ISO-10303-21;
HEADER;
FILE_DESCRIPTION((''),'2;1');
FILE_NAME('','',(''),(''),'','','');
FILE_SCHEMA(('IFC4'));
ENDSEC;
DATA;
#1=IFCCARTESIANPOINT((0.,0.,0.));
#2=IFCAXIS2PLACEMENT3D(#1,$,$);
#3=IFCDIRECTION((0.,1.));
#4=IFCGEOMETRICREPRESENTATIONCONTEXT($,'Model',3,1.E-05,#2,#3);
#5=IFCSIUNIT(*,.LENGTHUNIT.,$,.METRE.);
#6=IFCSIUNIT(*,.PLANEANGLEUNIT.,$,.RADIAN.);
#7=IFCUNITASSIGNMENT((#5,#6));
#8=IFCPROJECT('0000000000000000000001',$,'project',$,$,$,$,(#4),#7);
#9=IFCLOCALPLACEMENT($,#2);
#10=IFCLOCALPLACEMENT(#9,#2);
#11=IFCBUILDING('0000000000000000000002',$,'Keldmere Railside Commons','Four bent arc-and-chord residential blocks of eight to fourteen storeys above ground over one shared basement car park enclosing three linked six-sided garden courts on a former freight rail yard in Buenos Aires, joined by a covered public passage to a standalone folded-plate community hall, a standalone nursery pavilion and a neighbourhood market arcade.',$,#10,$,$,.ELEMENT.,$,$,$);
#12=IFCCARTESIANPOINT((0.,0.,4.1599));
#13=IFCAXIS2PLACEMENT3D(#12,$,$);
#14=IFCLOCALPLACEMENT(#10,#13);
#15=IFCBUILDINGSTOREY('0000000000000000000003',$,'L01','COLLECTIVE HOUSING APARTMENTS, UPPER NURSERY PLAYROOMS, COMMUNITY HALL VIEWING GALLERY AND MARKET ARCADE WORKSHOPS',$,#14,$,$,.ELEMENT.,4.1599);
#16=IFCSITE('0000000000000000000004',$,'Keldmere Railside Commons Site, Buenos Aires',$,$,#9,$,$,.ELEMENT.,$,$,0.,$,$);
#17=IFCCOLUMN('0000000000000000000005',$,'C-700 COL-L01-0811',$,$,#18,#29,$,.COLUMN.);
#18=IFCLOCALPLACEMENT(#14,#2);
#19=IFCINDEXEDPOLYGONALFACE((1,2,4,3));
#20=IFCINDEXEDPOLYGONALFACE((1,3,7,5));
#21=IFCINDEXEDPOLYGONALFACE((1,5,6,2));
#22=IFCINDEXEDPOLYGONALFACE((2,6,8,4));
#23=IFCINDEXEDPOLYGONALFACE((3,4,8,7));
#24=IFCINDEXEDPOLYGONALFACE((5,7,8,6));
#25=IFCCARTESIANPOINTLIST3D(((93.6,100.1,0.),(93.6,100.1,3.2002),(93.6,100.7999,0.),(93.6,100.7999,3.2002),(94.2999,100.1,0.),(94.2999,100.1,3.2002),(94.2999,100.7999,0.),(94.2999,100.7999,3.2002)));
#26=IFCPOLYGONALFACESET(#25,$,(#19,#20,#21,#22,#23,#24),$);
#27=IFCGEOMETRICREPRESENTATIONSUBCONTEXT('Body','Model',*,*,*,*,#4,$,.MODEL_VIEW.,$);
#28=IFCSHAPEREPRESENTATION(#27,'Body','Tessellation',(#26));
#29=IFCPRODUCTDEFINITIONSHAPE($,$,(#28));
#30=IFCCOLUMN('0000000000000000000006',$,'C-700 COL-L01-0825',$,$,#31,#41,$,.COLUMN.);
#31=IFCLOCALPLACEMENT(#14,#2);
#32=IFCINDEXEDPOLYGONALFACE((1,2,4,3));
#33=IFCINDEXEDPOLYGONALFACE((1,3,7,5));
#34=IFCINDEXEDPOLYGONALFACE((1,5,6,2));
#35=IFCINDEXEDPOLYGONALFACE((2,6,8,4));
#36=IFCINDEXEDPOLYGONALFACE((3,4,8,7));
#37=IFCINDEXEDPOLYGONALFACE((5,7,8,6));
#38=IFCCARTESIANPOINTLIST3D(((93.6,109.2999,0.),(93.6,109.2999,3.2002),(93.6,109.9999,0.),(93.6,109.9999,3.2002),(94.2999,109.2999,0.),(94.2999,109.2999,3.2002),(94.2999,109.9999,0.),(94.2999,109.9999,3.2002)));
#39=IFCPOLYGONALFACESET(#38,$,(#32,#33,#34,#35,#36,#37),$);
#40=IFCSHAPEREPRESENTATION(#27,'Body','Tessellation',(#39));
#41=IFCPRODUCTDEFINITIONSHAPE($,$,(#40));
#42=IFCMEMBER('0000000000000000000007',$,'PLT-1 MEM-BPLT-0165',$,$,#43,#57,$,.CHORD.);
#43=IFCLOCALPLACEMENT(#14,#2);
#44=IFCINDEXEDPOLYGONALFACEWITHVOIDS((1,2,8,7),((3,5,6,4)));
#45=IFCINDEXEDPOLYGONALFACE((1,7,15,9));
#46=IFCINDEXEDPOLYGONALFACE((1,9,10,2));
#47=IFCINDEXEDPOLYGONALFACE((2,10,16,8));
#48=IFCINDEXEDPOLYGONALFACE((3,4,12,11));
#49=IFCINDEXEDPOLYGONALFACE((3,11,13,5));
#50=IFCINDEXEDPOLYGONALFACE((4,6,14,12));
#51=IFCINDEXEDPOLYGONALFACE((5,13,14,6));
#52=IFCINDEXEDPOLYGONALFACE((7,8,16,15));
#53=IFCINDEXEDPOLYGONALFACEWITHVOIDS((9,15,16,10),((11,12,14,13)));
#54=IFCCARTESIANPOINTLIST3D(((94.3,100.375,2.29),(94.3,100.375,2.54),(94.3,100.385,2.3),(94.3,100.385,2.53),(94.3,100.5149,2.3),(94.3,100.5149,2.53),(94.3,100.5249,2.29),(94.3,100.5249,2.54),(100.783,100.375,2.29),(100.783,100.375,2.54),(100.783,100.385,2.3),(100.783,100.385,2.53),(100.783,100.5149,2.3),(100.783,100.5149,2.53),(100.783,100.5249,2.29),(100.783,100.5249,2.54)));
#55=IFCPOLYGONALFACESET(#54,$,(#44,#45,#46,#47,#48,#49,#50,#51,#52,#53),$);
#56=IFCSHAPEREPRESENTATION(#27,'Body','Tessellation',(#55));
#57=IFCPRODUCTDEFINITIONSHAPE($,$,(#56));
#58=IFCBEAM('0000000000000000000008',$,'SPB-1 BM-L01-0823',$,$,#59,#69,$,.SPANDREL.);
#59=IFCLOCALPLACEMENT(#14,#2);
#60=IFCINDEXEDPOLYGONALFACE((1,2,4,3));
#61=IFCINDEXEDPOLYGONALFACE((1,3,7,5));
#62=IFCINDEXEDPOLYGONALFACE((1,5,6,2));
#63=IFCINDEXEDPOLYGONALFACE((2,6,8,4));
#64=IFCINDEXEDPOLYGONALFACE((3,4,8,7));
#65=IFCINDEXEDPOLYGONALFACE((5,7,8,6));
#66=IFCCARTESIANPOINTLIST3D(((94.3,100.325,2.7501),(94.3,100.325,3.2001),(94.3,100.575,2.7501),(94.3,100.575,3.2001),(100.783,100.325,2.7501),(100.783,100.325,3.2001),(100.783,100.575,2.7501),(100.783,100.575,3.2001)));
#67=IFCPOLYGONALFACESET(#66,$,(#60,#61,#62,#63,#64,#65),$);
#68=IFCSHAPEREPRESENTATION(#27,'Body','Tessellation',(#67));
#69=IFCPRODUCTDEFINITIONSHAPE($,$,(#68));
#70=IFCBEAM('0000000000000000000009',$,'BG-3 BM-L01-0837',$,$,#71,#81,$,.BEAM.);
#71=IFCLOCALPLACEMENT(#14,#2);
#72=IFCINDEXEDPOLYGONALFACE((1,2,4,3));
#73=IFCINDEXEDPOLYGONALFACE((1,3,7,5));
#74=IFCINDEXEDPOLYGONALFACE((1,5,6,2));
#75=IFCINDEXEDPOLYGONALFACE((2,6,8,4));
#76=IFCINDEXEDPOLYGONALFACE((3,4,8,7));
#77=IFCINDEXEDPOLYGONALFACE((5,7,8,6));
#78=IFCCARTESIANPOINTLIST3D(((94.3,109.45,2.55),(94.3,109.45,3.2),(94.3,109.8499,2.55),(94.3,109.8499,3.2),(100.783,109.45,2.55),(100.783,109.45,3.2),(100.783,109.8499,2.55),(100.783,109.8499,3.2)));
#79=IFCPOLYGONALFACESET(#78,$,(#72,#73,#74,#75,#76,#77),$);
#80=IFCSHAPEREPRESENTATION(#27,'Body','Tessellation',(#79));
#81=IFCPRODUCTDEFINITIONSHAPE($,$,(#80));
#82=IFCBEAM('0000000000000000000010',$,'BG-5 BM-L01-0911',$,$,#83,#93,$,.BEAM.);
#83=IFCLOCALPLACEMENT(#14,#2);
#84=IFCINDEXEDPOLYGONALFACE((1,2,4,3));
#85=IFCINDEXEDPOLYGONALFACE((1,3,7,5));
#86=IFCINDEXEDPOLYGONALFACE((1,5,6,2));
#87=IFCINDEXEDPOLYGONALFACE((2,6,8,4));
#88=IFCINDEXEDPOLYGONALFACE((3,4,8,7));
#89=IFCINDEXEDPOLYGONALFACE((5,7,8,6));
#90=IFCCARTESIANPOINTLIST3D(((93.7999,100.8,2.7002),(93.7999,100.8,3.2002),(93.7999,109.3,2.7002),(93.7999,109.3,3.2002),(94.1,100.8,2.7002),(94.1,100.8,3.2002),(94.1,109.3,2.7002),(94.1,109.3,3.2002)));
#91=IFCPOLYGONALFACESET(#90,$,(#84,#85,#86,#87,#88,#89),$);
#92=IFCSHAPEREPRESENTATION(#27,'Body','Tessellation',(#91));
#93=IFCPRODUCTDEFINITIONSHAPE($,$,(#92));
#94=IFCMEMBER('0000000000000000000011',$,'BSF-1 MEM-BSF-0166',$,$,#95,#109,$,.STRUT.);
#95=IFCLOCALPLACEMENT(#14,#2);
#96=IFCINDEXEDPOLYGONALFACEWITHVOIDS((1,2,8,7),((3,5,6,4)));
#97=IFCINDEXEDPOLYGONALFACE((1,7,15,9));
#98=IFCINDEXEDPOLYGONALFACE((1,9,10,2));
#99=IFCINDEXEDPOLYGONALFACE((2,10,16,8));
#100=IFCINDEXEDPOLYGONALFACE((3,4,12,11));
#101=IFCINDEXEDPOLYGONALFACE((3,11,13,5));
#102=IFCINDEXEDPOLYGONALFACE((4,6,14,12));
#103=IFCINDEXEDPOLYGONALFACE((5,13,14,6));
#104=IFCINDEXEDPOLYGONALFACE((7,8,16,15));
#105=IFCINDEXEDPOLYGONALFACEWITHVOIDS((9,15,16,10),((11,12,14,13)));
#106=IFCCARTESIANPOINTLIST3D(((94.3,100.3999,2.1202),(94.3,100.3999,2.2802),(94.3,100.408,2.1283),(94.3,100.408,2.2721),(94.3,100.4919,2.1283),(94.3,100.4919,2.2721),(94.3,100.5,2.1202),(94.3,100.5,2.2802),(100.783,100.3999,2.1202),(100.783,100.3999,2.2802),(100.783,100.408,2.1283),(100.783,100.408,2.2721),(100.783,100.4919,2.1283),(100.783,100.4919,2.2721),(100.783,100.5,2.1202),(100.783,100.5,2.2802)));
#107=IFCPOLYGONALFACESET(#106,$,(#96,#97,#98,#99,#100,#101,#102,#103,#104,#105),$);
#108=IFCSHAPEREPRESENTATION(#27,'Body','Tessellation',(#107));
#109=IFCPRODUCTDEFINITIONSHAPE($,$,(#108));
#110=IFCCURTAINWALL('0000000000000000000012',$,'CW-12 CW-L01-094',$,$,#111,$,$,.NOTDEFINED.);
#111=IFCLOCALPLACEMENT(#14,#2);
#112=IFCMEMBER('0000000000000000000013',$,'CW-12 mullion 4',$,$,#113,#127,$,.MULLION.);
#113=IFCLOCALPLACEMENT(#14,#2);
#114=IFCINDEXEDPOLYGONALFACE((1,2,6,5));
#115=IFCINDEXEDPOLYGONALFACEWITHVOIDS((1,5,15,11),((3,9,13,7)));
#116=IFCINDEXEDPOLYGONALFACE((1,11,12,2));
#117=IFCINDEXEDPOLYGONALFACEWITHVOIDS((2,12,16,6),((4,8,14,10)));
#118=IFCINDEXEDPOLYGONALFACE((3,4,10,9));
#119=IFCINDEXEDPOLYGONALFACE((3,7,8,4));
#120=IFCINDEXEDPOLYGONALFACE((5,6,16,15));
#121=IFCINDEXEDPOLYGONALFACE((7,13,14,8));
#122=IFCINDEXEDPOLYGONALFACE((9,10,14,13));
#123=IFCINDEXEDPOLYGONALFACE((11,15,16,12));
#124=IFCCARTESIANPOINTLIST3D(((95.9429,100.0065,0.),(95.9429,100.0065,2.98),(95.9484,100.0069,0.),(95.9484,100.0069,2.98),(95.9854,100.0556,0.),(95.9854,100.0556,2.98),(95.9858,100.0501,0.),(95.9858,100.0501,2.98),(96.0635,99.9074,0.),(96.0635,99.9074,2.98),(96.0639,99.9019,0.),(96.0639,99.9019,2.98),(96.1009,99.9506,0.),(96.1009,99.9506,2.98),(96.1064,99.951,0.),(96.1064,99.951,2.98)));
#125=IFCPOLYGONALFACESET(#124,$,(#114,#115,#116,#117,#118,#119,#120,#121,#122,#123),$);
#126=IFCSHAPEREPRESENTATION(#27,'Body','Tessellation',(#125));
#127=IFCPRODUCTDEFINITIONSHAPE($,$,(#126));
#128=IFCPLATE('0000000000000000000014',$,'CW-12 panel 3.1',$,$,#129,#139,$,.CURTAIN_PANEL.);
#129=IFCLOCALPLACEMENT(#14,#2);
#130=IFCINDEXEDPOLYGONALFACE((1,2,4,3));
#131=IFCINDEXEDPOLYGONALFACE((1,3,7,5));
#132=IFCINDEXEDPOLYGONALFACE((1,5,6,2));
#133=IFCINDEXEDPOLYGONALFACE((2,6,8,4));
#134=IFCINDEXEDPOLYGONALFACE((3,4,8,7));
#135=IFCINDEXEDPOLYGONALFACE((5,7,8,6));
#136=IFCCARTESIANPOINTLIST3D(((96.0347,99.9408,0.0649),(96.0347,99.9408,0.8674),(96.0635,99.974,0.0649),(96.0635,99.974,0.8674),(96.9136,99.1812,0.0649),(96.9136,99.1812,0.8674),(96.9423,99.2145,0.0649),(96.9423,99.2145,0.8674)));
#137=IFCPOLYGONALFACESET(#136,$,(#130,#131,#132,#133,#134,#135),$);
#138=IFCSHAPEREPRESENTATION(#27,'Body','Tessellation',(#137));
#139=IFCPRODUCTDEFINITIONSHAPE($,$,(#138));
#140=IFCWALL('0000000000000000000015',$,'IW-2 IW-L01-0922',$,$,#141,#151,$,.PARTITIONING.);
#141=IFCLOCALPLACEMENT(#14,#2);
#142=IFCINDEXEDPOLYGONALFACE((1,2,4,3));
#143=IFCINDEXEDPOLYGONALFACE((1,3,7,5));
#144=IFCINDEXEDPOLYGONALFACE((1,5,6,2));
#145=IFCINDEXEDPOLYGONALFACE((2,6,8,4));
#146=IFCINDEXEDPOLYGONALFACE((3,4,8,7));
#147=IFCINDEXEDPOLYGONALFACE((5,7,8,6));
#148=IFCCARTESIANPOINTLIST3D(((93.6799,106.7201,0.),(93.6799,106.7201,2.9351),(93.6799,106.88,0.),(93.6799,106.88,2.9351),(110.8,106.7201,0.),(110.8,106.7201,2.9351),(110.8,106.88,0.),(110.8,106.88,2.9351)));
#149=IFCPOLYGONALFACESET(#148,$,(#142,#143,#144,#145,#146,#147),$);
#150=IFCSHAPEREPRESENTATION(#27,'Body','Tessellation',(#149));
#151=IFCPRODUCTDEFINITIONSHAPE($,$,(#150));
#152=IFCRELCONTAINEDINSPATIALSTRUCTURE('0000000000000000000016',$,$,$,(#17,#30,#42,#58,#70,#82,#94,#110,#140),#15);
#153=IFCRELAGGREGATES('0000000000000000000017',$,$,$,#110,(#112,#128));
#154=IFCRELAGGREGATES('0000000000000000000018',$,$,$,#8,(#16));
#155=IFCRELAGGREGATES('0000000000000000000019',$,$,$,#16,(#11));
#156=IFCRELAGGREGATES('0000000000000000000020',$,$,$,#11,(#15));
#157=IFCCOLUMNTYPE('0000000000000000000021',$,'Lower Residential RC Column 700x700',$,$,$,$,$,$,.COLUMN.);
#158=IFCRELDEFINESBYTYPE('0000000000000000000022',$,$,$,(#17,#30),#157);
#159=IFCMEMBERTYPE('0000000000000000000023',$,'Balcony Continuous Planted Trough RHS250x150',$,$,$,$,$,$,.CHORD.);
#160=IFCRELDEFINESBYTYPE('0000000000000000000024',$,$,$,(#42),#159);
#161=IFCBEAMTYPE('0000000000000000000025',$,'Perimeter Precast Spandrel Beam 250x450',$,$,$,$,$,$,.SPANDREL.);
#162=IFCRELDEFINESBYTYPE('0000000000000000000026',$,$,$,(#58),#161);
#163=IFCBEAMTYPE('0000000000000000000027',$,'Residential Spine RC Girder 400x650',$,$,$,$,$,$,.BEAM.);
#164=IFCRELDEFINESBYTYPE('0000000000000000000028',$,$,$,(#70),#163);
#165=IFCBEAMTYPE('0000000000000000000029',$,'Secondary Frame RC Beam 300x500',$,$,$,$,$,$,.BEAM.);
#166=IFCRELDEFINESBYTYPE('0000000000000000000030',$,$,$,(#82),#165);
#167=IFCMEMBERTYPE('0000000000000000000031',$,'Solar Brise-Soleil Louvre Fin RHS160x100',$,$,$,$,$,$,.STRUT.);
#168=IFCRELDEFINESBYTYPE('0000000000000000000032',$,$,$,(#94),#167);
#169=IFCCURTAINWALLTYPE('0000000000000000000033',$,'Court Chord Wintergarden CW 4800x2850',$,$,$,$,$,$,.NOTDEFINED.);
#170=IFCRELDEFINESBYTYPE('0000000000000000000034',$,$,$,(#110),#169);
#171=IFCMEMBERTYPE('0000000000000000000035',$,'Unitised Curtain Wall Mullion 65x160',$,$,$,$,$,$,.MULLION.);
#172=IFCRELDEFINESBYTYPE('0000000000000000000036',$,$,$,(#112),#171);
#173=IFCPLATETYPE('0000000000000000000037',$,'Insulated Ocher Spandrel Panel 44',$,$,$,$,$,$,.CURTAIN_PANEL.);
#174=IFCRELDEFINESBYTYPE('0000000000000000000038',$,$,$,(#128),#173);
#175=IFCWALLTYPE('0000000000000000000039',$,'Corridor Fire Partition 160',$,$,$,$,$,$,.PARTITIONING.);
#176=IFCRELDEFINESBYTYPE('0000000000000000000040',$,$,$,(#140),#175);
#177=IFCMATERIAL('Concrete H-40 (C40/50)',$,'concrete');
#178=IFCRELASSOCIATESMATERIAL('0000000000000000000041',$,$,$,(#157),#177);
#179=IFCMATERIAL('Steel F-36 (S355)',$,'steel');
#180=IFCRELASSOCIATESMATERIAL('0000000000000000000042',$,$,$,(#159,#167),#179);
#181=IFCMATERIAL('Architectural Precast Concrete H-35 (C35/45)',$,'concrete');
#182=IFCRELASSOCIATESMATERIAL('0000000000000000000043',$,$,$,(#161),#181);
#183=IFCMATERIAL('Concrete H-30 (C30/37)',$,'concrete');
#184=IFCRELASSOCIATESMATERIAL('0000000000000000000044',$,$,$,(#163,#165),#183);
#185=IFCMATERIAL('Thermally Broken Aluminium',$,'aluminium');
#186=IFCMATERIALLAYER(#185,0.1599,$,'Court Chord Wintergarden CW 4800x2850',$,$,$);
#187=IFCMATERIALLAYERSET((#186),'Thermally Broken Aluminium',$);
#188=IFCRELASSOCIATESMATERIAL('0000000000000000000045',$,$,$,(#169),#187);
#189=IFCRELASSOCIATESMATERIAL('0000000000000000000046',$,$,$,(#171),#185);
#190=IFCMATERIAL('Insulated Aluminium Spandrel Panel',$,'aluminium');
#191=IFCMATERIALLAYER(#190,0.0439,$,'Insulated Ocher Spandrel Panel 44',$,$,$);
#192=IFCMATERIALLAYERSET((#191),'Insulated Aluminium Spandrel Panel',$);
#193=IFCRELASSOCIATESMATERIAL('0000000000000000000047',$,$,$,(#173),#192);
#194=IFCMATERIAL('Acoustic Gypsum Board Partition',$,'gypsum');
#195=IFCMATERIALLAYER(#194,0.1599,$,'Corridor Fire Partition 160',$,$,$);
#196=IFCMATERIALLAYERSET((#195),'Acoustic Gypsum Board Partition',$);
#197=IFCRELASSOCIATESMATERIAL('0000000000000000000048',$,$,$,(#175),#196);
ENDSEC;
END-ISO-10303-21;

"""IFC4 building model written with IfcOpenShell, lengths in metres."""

from ifc_helpers import new_model, si_unit, direction, frame, frame_2d, origin, origin_2d, place, context, subcontext, project, spatial, rectangle, hollow_rectangle, extrude, material, layer, layer_set, material_profile, profile_set, type_object, element, aggregate, save


model = new_model("IFC4")

# Units and contexts
model_context = context("Model", 3, precision=1e-05, world=origin(), true_north=direction((0.0, 1.0)))
body_context = subcontext(model_context, "Body", "Model", "MODEL_VIEW")
ifc_project = project(units=[si_unit("LENGTHUNIT", "METRE"), si_unit("PLANEANGLEUNIT", "RADIAN")], contexts=[model_context])

# Site, building, storey
site_placement = place(None, origin())
site = spatial("IfcSite", under=ifc_project, at=site_placement, Name="Keldmere Railside Commons Site, Buenos Aires", CompositionType="ELEMENT", RefElevation=0.0)
building_placement = place(site_placement, origin())
building = spatial("IfcBuilding", under=site, at=building_placement, Name="Keldmere Railside Commons", Description="Four bent arc-and-chord residential blocks of eight to fourteen storeys above ground over one shared basement car park enclosing three linked six-sided garden courts on a former freight rail yard in Buenos Aires, joined by a covered public passage to a standalone folded-plate community hall, a standalone nursery pavilion and a neighbourhood market arcade.", CompositionType="ELEMENT")
storey_placement = place(building_placement, frame((0.0, 0.0, 4.1599)))
storey = spatial("IfcBuildingStorey", under=building, at=storey_placement, Name="L01", Description="COLLECTIVE HOUSING APARTMENTS, UPPER NURSERY PLAYROOMS, COMMUNITY HALL VIEWING GALLERY AND MARKET ARCADE WORKSHOPS", CompositionType="ELEMENT", Elevation=4.1599)

# Columns
ifc_material_1 = material(Name="Concrete H-40 (C40/50)", Category="concrete")
ifc_material_profile_1 = material_profile(ifc_material_1, rectangle(XDim=0.7, YDim=0.7, at=origin_2d()), Name="RC-700x700")
ifc_profile_set_1 = profile_set([ifc_material_profile_1], Name="Concrete H-40 (C40/50)")
column_type = type_object("IfcColumnType", Name="Lower Residential RC Column 700x700", PredefinedType="COLUMN", material=ifc_profile_set_1)
for number, where, z_axis, x_axis, name in (
    (1, (93.95, 100.45, 0.0), (0.0, 0.0, 1.0), (1.0, 0.0, 0.0), "C-700 COL-L01-0811"),
    (2, (93.95, 109.6499, 0.0), (0.0, 0.0, 1.0), (1.0, 0.0, 0.0), "C-700 COL-L01-0825"),
):
    element("IfcColumn", number, at=place(storey_placement, frame(where, z_axis=z_axis, x_axis=x_axis)), inside=storey, type_object=column_type, Name=name, PredefinedType="COLUMN", context=body_context, shape_type="SweptSolid", body=[
        extrude(rectangle(XDim=0.7, YDim=0.7, at=origin_2d()), origin(), (0.0, 0.0, 1.0), 3.2002),
    ])

# Member
ifc_material_2 = material(Name="Steel F-36 (S355)", Category="steel")
ifc_material_profile_2 = material_profile(ifc_material_2, hollow_rectangle(XDim=0.1499, YDim=0.25, WallThickness=0.01, at=origin_2d()), Name="RHS-250x150x10")
ifc_profile_set_2 = profile_set([ifc_material_profile_2], Name="Steel F-36 (S355)")
member_type_1 = type_object("IfcMemberType", Name="Balcony Continuous Planted Trough RHS250x150", PredefinedType="CHORD", material=ifc_profile_set_2)
member_1_placement = place(storey_placement, frame((94.3, 100.45, 2.415), z_axis=(1.0, 0.0, 0.0), x_axis=(0.0, 1.0, 0.0)))
element("IfcMember", 3, at=member_1_placement, inside=storey, type_object=member_type_1, Name="PLT-1 MEM-BPLT-0165", PredefinedType="CHORD", context=body_context, shape_type="SweptSolid", body=[
    extrude(hollow_rectangle(XDim=0.1499, YDim=0.25, WallThickness=0.01, at=origin_2d()), origin(), (0.0, 0.0, 1.0), 6.4829),
])

# Beams
ifc_material_3 = material(Name="Architectural Precast Concrete H-35 (C35/45)", Category="concrete")
ifc_material_profile_3 = material_profile(ifc_material_3, rectangle(XDim=0.25, YDim=0.45, at=origin_2d()), Name="RC-250x450")
ifc_profile_set_3 = profile_set([ifc_material_profile_3], Name="Architectural Precast Concrete H-35 (C35/45)")
beam_type_1 = type_object("IfcBeamType", Name="Perimeter Precast Spandrel Beam 250x450", PredefinedType="SPANDREL", material=ifc_profile_set_3)
beam_1_placement = place(storey_placement, frame((94.3, 100.45, 2.9751), z_axis=(1.0, 0.0, 0.0), x_axis=(0.0, 1.0, 0.0)))
element("IfcBeam", 4, at=beam_1_placement, inside=storey, type_object=beam_type_1, Name="SPB-1 BM-L01-0823", PredefinedType="SPANDREL", context=body_context, shape_type="SweptSolid", body=[
    extrude(rectangle(XDim=0.25, YDim=0.45, at=origin_2d()), origin(), (0.0, 0.0, 1.0), 6.4829),
])
ifc_material_4 = material(Name="Concrete H-30 (C30/37)", Category="concrete")
ifc_material_profile_4 = material_profile(ifc_material_4, rectangle(XDim=0.3999, YDim=0.6499, at=origin_2d()), Name="RC-400x650")
ifc_profile_set_4 = profile_set([ifc_material_profile_4], Name="Concrete H-30 (C30/37)")
beam_type_2 = type_object("IfcBeamType", Name="Residential Spine RC Girder 400x650", PredefinedType="BEAM", material=ifc_profile_set_4)
beam_2_placement = place(storey_placement, frame((94.3, 109.6499, 2.875), z_axis=(1.0, 0.0, 0.0), x_axis=(0.0, 1.0, 0.0)))
element("IfcBeam", 5, at=beam_2_placement, inside=storey, type_object=beam_type_2, Name="BG-3 BM-L01-0837", PredefinedType="BEAM", context=body_context, shape_type="SweptSolid", body=[
    extrude(rectangle(XDim=0.3999, YDim=0.6499, at=origin_2d()), origin(), (0.0, 0.0, 1.0), 6.4829),
])
ifc_material_profile_5 = material_profile(ifc_material_4, rectangle(XDim=0.3, YDim=0.5, at=origin_2d()), Name="RC-300x500")
ifc_profile_set_5 = profile_set([ifc_material_profile_5], Name="Concrete H-30 (C30/37)")
beam_type_3 = type_object("IfcBeamType", Name="Secondary Frame RC Beam 300x500", PredefinedType="BEAM", material=ifc_profile_set_5)
beam_3_placement = place(storey_placement, frame((93.95, 100.8, 2.9502), z_axis=(0.0, 1.0, 0.0), x_axis=(-1.0, 0.0, 0.0)))
element("IfcBeam", 6, at=beam_3_placement, inside=storey, type_object=beam_type_3, Name="BG-5 BM-L01-0911", PredefinedType="BEAM", context=body_context, shape_type="SweptSolid", body=[
    extrude(rectangle(XDim=0.3, YDim=0.5, at=origin_2d()), origin(), (0.0, 0.0, 1.0), 8.5),
])

# Member
ifc_material_profile_6 = material_profile(ifc_material_2, hollow_rectangle(XDim=0.1001, YDim=0.1599, WallThickness=0.0081, at=origin_2d()), Name="RHS-160x100x8")
ifc_profile_set_6 = profile_set([ifc_material_profile_6], Name="Steel F-36 (S355)")
member_type_2 = type_object("IfcMemberType", Name="Solar Brise-Soleil Louvre Fin RHS160x100", PredefinedType="STRUT", material=ifc_profile_set_6)
member_2_placement = place(storey_placement, frame((94.3, 100.45, 2.2002), z_axis=(1.0, 0.0, 0.0), x_axis=(0.0, 1.0, 0.0)))
element("IfcMember", 7, at=member_2_placement, inside=storey, type_object=member_type_2, Name="BSF-1 MEM-BSF-0166", PredefinedType="STRUT", context=body_context, shape_type="SweptSolid", body=[
    extrude(hollow_rectangle(XDim=0.1001, YDim=0.1599, WallThickness=0.0081, at=origin_2d()), origin(), (0.0, 0.0, 1.0), 6.4829),
])

# Curtain wall, member, plate
ifc_material_5 = material(Name="Thermally Broken Aluminium", Category="aluminium")
ifc_layer_1 = layer(ifc_material_5, 0.1599, Name="Court Chord Wintergarden CW 4800x2850")
ifc_layer_set_1 = layer_set([ifc_layer_1], Name="Thermally Broken Aluminium")
curtain_wall_type = type_object("IfcCurtainWallType", Name="Court Chord Wintergarden CW 4800x2850", PredefinedType="NOTDEFINED", material=ifc_layer_set_1)
curtain_wall_placement = place(storey_placement, origin())
curtain_wall = element("IfcCurtainWall", 8, at=curtain_wall_placement, inside=storey, type_object=curtain_wall_type, Name="CW-12 CW-L01-094", PredefinedType="NOTDEFINED")
ifc_material_profile_7 = material_profile(ifc_material_5, hollow_rectangle(XDim=0.0649, YDim=0.1599, WallThickness=0.0039, at=origin_2d()), Name="ALU-MULL-65x160")
ifc_profile_set_7 = profile_set([ifc_material_profile_7], Name="Thermally Broken Aluminium")
member_type_3 = type_object("IfcMemberType", Name="Unitised Curtain Wall Mullion 65x160", PredefinedType="MULLION", material=ifc_profile_set_7)
member_3_placement = place(storey_placement, frame((96.0247, 99.9788, 0.0), z_axis=(0.0, 0.0, 1.0), x_axis=(-0.653882, -0.756597, 0.0)))
member_3 = element("IfcMember", 9, at=member_3_placement, type_object=member_type_3, Name="CW-12 mullion 4", PredefinedType="MULLION", context=body_context, shape_type="SweptSolid", body=[
    extrude(hollow_rectangle(XDim=0.0649, YDim=0.1599, WallThickness=0.0039, at=origin_2d()), origin(), (0.0, 0.0, 1.0), 2.98),
])
ifc_material_6 = material(Name="Insulated Aluminium Spandrel Panel", Category="aluminium")
ifc_layer_2 = layer(ifc_material_6, 0.0439, Name="Insulated Ocher Spandrel Panel 44")
ifc_layer_set_2 = layer_set([ifc_layer_2], Name="Insulated Aluminium Spandrel Panel")
plate_type = type_object("IfcPlateType", Name="Insulated Ocher Spandrel Panel 44", PredefinedType="CURTAIN_PANEL", material=ifc_layer_set_2)
plate_placement = place(storey_placement, frame((96.4885, 99.5776, 0.0649), z_axis=(0.0, 0.0, 1.0), x_axis=(-0.756597, 0.653882, 0.0)))
plate = element("IfcPlate", 10, at=plate_placement, type_object=plate_type, Name="CW-12 panel 3.1", PredefinedType="CURTAIN_PANEL", context=body_context, shape_type="SweptSolid", body=[
    extrude(rectangle(XDim=1.1616, YDim=0.0439, at=origin_2d()), origin(), (0.0, 0.0, 1.0), 0.8025),
])
aggregate(curtain_wall, [member_3, plate])

# Wall
ifc_material_7 = material(Name="Acoustic Gypsum Board Partition", Category="gypsum")
ifc_layer_3 = layer(ifc_material_7, 0.1599, Name="Corridor Fire Partition 160")
ifc_layer_set_3 = layer_set([ifc_layer_3], Name="Acoustic Gypsum Board Partition")
wall_type_1 = type_object("IfcWallType", Name="Corridor Fire Partition 160", PredefinedType="PARTITIONING", material=ifc_layer_set_3)
wall_1_placement = place(storey_placement, frame((93.6799, 106.8, 0.0), z_axis=(0.0, 0.0, 1.0), x_axis=(1.0, 0.0, 0.0)))
element("IfcWall", 11, at=wall_1_placement, inside=storey, type_object=wall_type_1, Name="IW-2 IW-L01-0922", PredefinedType="PARTITIONING", context=body_context, shape_type="SweptSolid", body=[
    extrude(rectangle(XDim=17.1201, YDim=0.1599, at=frame_2d((8.5601, 0.0))), origin(), (0.0, 0.0, 1.0), 2.9351),
])

save(model, "model.ifc")
